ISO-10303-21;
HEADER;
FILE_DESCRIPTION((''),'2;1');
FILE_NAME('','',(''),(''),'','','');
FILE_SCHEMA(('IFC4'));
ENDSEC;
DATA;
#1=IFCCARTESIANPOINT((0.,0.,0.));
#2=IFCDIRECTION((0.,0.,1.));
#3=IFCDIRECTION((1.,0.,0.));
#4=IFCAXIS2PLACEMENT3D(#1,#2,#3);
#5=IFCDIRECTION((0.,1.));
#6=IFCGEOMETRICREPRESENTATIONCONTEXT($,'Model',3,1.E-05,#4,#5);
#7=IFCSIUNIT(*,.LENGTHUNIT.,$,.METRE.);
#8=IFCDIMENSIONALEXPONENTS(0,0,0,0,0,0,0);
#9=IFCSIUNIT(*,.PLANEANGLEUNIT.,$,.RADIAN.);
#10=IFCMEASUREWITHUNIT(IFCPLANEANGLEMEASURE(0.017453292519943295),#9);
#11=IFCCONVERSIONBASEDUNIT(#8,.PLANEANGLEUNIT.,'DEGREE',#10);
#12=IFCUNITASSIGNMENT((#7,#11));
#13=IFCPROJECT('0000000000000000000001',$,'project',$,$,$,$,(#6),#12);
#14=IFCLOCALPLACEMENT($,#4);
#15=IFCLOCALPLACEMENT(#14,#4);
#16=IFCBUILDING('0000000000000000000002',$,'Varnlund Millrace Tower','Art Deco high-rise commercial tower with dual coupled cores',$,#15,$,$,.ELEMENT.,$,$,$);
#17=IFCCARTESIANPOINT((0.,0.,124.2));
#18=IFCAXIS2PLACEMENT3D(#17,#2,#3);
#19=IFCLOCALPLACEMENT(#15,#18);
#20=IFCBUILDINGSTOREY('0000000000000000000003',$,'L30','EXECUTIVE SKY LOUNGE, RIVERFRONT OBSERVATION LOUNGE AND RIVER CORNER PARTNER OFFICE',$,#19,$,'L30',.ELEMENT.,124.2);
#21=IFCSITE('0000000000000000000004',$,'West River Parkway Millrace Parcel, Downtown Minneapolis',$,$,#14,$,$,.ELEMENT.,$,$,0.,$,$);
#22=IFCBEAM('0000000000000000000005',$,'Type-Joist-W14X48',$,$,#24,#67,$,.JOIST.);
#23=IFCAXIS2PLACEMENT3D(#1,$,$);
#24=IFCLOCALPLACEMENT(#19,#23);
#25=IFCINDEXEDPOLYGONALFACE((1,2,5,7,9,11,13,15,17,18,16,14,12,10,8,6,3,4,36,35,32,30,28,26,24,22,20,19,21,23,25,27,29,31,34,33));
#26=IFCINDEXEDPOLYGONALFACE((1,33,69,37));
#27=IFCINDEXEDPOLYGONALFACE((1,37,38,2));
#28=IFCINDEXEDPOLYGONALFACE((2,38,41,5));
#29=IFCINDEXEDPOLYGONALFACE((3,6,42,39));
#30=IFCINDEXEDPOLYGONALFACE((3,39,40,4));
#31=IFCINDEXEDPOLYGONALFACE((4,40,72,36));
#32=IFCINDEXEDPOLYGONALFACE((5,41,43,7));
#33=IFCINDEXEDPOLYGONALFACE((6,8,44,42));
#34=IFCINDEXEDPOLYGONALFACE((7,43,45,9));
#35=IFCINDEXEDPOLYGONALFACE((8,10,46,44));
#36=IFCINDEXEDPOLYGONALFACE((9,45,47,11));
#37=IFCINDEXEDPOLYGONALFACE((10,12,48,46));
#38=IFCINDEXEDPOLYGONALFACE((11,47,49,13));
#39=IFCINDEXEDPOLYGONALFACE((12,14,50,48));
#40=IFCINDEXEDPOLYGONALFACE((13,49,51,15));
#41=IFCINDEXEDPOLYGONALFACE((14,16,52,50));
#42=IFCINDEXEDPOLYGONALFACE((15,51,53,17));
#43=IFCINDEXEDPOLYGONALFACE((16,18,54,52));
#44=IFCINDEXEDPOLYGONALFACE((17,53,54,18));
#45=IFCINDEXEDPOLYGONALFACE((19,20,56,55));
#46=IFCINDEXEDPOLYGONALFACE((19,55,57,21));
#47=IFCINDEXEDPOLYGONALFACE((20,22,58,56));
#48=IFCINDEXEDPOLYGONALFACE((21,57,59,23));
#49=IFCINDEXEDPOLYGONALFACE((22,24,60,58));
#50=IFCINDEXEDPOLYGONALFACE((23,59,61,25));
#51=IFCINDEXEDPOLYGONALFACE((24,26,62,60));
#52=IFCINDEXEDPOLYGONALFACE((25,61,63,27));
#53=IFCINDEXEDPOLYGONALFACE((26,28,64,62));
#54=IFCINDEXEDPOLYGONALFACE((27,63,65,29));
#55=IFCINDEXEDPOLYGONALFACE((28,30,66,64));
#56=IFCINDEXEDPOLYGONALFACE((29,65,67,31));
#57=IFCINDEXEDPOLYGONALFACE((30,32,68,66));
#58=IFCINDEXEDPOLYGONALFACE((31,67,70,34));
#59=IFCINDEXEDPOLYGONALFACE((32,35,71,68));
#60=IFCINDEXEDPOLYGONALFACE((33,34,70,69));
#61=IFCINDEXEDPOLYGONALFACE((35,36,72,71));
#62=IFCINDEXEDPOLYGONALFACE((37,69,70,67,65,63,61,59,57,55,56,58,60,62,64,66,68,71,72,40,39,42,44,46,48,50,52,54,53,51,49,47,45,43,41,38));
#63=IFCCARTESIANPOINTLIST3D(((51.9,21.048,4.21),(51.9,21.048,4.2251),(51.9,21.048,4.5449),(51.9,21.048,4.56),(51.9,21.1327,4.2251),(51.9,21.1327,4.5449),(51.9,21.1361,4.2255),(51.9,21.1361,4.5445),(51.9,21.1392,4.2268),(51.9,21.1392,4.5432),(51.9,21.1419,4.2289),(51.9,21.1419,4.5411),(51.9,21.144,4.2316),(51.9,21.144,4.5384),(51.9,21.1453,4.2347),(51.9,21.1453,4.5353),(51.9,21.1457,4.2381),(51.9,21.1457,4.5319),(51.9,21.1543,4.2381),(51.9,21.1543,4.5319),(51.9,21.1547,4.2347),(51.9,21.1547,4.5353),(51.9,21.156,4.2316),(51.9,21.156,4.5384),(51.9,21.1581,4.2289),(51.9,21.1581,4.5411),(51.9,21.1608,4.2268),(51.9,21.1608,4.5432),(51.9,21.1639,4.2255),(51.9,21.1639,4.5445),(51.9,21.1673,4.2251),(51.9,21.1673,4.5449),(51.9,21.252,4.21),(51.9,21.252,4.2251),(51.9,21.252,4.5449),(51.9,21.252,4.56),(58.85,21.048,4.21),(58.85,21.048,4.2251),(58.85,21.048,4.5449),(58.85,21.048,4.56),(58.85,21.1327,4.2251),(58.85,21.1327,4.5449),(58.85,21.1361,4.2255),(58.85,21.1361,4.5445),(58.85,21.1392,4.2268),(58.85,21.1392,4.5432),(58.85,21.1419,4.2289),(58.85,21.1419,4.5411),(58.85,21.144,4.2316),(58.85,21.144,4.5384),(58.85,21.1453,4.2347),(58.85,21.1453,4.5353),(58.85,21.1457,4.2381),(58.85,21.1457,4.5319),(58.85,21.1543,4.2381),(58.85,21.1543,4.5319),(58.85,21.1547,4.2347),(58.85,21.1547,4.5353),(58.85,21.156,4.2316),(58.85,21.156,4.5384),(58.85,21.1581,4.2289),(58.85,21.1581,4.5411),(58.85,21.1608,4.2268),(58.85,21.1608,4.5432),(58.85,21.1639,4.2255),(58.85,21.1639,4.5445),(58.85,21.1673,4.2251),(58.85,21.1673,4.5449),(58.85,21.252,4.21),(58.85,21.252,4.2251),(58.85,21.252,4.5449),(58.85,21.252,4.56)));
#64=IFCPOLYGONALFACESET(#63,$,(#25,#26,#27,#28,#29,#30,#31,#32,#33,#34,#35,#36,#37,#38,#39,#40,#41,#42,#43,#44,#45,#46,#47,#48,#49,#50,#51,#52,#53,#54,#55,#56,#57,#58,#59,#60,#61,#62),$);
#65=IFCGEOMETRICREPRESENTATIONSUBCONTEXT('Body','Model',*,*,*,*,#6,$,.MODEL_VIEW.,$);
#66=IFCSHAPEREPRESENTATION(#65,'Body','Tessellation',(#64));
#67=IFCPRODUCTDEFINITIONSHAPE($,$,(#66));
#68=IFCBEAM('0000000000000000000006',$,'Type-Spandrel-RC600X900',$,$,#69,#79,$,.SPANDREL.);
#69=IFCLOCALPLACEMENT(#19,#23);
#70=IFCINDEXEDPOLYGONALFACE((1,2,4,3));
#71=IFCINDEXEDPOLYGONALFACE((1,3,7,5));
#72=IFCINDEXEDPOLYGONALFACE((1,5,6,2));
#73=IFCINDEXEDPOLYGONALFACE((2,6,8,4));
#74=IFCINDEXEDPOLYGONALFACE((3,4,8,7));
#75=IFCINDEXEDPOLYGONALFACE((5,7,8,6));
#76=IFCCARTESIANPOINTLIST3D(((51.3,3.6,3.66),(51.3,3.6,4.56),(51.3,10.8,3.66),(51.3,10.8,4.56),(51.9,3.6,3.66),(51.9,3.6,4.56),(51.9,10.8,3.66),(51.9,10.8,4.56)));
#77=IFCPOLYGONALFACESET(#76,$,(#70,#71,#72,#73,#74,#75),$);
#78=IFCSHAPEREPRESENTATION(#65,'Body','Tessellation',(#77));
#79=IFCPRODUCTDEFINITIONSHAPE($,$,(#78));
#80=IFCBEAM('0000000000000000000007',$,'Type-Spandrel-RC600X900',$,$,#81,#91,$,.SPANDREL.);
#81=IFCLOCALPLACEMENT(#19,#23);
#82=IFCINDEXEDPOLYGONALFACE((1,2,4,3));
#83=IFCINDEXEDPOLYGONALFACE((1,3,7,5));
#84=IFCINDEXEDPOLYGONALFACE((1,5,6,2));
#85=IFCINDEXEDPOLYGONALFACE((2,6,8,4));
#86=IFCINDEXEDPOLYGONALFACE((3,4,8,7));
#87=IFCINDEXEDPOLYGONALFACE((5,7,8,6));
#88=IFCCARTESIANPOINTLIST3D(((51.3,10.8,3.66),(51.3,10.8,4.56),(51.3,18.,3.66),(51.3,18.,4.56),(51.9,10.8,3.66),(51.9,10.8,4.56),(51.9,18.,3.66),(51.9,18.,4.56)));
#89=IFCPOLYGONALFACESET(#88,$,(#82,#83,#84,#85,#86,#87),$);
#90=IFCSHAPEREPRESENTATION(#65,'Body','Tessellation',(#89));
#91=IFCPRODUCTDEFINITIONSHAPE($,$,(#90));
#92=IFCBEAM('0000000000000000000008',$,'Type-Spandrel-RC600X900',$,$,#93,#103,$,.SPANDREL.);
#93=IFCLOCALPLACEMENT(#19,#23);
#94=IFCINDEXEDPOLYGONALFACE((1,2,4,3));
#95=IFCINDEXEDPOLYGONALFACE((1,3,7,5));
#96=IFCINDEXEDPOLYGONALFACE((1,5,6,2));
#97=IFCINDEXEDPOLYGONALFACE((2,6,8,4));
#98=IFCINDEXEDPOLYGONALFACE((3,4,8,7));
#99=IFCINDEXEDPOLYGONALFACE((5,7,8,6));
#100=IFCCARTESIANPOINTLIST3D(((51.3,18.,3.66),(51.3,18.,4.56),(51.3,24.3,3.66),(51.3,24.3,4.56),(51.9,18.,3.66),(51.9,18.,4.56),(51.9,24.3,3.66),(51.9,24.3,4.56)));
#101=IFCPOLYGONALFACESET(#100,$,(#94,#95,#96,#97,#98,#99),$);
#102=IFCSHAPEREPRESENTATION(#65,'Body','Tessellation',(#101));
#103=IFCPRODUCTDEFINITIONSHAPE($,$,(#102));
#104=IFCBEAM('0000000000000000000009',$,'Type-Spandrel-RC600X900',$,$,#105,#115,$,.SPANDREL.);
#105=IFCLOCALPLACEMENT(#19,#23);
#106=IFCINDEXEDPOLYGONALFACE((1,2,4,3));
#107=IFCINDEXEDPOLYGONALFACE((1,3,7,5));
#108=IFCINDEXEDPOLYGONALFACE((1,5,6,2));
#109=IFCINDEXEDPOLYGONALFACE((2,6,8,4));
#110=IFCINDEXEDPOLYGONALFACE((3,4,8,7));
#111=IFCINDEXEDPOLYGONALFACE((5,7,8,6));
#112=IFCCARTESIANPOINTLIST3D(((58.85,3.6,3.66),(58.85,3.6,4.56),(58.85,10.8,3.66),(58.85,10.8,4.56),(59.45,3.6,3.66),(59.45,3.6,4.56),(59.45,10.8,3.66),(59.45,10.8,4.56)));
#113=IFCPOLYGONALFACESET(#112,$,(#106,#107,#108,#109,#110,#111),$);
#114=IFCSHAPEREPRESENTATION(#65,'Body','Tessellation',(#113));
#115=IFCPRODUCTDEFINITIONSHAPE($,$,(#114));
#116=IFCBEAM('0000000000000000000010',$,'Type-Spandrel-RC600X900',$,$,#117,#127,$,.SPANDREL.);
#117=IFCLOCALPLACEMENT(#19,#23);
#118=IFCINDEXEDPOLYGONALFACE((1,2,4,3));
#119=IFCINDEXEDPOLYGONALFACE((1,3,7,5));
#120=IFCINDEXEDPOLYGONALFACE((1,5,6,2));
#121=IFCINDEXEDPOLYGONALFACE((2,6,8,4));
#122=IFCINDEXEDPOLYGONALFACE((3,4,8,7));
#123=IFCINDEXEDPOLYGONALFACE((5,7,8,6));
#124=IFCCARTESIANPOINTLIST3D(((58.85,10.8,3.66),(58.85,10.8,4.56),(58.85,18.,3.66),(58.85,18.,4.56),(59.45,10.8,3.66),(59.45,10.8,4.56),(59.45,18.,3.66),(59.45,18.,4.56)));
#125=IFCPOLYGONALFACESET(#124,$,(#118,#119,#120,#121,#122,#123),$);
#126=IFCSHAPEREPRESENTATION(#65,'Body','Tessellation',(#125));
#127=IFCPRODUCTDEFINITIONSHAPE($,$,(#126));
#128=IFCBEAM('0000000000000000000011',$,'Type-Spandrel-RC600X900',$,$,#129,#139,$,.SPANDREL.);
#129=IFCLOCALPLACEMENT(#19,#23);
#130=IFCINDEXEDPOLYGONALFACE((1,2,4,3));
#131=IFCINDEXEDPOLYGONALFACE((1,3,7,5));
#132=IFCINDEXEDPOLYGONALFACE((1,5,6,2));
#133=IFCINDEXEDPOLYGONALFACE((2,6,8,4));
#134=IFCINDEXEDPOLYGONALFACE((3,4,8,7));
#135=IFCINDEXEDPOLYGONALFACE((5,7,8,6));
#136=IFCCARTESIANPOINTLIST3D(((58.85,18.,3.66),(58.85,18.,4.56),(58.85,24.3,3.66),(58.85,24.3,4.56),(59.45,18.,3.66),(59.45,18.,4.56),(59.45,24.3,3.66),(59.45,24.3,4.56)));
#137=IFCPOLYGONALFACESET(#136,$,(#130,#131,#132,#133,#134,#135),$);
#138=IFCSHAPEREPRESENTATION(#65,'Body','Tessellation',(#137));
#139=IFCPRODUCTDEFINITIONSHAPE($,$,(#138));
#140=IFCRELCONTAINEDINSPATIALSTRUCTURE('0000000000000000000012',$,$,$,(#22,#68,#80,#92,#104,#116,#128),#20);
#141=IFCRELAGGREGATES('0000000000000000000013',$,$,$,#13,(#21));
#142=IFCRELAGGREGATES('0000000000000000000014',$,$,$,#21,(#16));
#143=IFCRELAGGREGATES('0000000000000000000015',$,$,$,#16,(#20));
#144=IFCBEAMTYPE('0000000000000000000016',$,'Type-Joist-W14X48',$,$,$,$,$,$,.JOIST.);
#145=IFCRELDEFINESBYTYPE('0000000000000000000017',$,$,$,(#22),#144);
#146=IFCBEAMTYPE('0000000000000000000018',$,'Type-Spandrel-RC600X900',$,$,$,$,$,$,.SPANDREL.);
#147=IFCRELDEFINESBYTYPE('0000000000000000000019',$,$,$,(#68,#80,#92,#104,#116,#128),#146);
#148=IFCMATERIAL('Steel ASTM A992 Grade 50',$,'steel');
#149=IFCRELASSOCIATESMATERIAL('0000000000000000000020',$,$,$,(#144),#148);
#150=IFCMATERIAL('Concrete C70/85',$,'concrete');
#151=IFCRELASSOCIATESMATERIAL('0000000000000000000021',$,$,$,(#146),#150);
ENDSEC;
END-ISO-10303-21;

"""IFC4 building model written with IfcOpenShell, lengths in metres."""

from ifc_helpers import new_model, entity, si_unit, converted_unit, direction, frame, origin_with_axes, origin_2d_with_axis, place, context, subcontext, project, spatial, rectangle, i_section, extrude, material, material_profile, profile_set, type_object, element, save


model = new_model("IFC4")

# Units and contexts
model_context = context("Model", 3, precision=1e-05, world=origin_with_axes(), true_north=direction((0.0, 1.0)))
body_context = subcontext(model_context, "Body", "Model", "MODEL_VIEW")
ifc_project = project(units=[si_unit("LENGTHUNIT", "METRE"), converted_unit("PLANEANGLEUNIT", "DEGREE", entity("IfcPlaneAngleMeasure", 0.017453292519943295), si_unit("PLANEANGLEUNIT", "RADIAN"), dimensions=[0, 0, 0, 0, 0, 0, 0])], contexts=[model_context])

# Site, building, storey
site_placement = place(None, origin_with_axes())
site = spatial("IfcSite", under=ifc_project, at=site_placement, Name="West River Parkway Millrace Parcel, Downtown Minneapolis", CompositionType="ELEMENT", RefElevation=0.0)
building_placement = place(site_placement, origin_with_axes())
building = spatial("IfcBuilding", under=site, at=building_placement, Name="Varnlund Millrace Tower", Description="Art Deco high-rise commercial tower with dual coupled cores", CompositionType="ELEMENT")
storey_placement = place(building_placement, frame((0.0, 0.0, 124.2), z_axis=(0.0, 0.0, 1.0), x_axis=(1.0, 0.0, 0.0)))
storey = spatial("IfcBuildingStorey", under=building, at=storey_placement, Name="L30", Description="EXECUTIVE SKY LOUNGE, RIVERFRONT OBSERVATION LOUNGE AND RIVER CORNER PARTNER OFFICE", LongName="L30", CompositionType="ELEMENT", Elevation=124.2)

# Beams
ifc_material_1 = material(Name="Steel ASTM A992 Grade 50", Category="steel")
ifc_material_profile_1 = material_profile(ifc_material_1, i_section(OverallWidth=0.204, OverallDepth=0.35, WebThickness=0.0086, FlangeThickness=0.0151, FilletRadius=0.013, at=origin_2d_with_axis()), Name="Steel ASTM A992 Grade 50")
ifc_profile_set_1 = profile_set([ifc_material_profile_1], Name="Steel ASTM A992 Grade 50")
beam_type_1 = type_object("IfcBeamType", Name="Type-Joist-W14X48", PredefinedType="JOIST", material=ifc_profile_set_1)
for number, where, z_axis, x_axis, name in (
    (1, (51.9, 21.15, 4.385), (1.0, 0.0, 0.0), (0.0, 1.0, 0.0), "Type-Joist-W14X48"),
):
    element("IfcBeam", number, at=place(storey_placement, frame(where, z_axis=z_axis, x_axis=x_axis)), inside=storey, type_object=beam_type_1, Name=name, PredefinedType="JOIST", context=body_context, shape_type="SweptSolid", body=[
        extrude(i_section(OverallWidth=0.204, OverallDepth=0.35, WebThickness=0.0086, FlangeThickness=0.0151, FilletRadius=0.013, at=origin_2d_with_axis()), origin_with_axes(), (0.0, 0.0, 1.0), 6.95),
    ])
ifc_material_2 = material(Name="Concrete C70/85", Category="concrete")
ifc_material_profile_2 = material_profile(ifc_material_2, rectangle(XDim=0.6, YDim=0.9, at=origin_2d_with_axis()), Name="Concrete C70/85")
ifc_profile_set_2 = profile_set([ifc_material_profile_2], Name="Concrete C70/85")
beam_type_2 = type_object("IfcBeamType", Name="Type-Spandrel-RC600X900", PredefinedType="SPANDREL", material=ifc_profile_set_2)
for number, where, z_axis, x_axis, name in (
    (2, (51.6, 3.6, 4.11), (0.0, 1.0, 0.0), (-1.0, 0.0, 0.0), "Type-Spandrel-RC600X900"),
    (3, (51.6, 10.8, 4.11), (0.0, 1.0, 0.0), (-1.0, 0.0, 0.0), "Type-Spandrel-RC600X900"),
):
    element("IfcBeam", number, at=place(storey_placement, frame(where, z_axis=z_axis, x_axis=x_axis)), inside=storey, type_object=beam_type_2, Name=name, PredefinedType="SPANDREL", context=body_context, shape_type="SweptSolid", body=[
        extrude(rectangle(XDim=0.6, YDim=0.9, at=origin_2d_with_axis()), origin_with_axes(), (0.0, 0.0, 1.0), 7.2),
    ])
beam_1_placement = place(storey_placement, frame((51.6, 18.0, 4.11), z_axis=(0.0, 1.0, 0.0), x_axis=(-1.0, 0.0, 0.0)))
element("IfcBeam", 4, at=beam_1_placement, inside=storey, type_object=beam_type_2, Name="Type-Spandrel-RC600X900", PredefinedType="SPANDREL", context=body_context, shape_type="SweptSolid", body=[
    extrude(rectangle(XDim=0.6, YDim=0.9, at=origin_2d_with_axis()), origin_with_axes(), (0.0, 0.0, 1.0), 6.3),
])
for number, where, z_axis, x_axis, name in (
    (5, (59.15, 3.6, 4.11), (0.0, 1.0, 0.0), (-1.0, 0.0, 0.0), "Type-Spandrel-RC600X900"),
    (6, (59.15, 10.8, 4.11), (0.0, 1.0, 0.0), (-1.0, 0.0, 0.0), "Type-Spandrel-RC600X900"),
):
    element("IfcBeam", number, at=place(storey_placement, frame(where, z_axis=z_axis, x_axis=x_axis)), inside=storey, type_object=beam_type_2, Name=name, PredefinedType="SPANDREL", context=body_context, shape_type="SweptSolid", body=[
        extrude(rectangle(XDim=0.6, YDim=0.9, at=origin_2d_with_axis()), origin_with_axes(), (0.0, 0.0, 1.0), 7.2),
    ])
beam_2_placement = place(storey_placement, frame((59.15, 18.0, 4.11), z_axis=(0.0, 1.0, 0.0), x_axis=(-1.0, 0.0, 0.0)))
element("IfcBeam", 7, at=beam_2_placement, inside=storey, type_object=beam_type_2, Name="Type-Spandrel-RC600X900", PredefinedType="SPANDREL", context=body_context, shape_type="SweptSolid", body=[
    extrude(rectangle(XDim=0.6, YDim=0.9, at=origin_2d_with_axis()), origin_with_axes(), (0.0, 0.0, 1.0), 6.3),
])

save(model, "model.ifc")
